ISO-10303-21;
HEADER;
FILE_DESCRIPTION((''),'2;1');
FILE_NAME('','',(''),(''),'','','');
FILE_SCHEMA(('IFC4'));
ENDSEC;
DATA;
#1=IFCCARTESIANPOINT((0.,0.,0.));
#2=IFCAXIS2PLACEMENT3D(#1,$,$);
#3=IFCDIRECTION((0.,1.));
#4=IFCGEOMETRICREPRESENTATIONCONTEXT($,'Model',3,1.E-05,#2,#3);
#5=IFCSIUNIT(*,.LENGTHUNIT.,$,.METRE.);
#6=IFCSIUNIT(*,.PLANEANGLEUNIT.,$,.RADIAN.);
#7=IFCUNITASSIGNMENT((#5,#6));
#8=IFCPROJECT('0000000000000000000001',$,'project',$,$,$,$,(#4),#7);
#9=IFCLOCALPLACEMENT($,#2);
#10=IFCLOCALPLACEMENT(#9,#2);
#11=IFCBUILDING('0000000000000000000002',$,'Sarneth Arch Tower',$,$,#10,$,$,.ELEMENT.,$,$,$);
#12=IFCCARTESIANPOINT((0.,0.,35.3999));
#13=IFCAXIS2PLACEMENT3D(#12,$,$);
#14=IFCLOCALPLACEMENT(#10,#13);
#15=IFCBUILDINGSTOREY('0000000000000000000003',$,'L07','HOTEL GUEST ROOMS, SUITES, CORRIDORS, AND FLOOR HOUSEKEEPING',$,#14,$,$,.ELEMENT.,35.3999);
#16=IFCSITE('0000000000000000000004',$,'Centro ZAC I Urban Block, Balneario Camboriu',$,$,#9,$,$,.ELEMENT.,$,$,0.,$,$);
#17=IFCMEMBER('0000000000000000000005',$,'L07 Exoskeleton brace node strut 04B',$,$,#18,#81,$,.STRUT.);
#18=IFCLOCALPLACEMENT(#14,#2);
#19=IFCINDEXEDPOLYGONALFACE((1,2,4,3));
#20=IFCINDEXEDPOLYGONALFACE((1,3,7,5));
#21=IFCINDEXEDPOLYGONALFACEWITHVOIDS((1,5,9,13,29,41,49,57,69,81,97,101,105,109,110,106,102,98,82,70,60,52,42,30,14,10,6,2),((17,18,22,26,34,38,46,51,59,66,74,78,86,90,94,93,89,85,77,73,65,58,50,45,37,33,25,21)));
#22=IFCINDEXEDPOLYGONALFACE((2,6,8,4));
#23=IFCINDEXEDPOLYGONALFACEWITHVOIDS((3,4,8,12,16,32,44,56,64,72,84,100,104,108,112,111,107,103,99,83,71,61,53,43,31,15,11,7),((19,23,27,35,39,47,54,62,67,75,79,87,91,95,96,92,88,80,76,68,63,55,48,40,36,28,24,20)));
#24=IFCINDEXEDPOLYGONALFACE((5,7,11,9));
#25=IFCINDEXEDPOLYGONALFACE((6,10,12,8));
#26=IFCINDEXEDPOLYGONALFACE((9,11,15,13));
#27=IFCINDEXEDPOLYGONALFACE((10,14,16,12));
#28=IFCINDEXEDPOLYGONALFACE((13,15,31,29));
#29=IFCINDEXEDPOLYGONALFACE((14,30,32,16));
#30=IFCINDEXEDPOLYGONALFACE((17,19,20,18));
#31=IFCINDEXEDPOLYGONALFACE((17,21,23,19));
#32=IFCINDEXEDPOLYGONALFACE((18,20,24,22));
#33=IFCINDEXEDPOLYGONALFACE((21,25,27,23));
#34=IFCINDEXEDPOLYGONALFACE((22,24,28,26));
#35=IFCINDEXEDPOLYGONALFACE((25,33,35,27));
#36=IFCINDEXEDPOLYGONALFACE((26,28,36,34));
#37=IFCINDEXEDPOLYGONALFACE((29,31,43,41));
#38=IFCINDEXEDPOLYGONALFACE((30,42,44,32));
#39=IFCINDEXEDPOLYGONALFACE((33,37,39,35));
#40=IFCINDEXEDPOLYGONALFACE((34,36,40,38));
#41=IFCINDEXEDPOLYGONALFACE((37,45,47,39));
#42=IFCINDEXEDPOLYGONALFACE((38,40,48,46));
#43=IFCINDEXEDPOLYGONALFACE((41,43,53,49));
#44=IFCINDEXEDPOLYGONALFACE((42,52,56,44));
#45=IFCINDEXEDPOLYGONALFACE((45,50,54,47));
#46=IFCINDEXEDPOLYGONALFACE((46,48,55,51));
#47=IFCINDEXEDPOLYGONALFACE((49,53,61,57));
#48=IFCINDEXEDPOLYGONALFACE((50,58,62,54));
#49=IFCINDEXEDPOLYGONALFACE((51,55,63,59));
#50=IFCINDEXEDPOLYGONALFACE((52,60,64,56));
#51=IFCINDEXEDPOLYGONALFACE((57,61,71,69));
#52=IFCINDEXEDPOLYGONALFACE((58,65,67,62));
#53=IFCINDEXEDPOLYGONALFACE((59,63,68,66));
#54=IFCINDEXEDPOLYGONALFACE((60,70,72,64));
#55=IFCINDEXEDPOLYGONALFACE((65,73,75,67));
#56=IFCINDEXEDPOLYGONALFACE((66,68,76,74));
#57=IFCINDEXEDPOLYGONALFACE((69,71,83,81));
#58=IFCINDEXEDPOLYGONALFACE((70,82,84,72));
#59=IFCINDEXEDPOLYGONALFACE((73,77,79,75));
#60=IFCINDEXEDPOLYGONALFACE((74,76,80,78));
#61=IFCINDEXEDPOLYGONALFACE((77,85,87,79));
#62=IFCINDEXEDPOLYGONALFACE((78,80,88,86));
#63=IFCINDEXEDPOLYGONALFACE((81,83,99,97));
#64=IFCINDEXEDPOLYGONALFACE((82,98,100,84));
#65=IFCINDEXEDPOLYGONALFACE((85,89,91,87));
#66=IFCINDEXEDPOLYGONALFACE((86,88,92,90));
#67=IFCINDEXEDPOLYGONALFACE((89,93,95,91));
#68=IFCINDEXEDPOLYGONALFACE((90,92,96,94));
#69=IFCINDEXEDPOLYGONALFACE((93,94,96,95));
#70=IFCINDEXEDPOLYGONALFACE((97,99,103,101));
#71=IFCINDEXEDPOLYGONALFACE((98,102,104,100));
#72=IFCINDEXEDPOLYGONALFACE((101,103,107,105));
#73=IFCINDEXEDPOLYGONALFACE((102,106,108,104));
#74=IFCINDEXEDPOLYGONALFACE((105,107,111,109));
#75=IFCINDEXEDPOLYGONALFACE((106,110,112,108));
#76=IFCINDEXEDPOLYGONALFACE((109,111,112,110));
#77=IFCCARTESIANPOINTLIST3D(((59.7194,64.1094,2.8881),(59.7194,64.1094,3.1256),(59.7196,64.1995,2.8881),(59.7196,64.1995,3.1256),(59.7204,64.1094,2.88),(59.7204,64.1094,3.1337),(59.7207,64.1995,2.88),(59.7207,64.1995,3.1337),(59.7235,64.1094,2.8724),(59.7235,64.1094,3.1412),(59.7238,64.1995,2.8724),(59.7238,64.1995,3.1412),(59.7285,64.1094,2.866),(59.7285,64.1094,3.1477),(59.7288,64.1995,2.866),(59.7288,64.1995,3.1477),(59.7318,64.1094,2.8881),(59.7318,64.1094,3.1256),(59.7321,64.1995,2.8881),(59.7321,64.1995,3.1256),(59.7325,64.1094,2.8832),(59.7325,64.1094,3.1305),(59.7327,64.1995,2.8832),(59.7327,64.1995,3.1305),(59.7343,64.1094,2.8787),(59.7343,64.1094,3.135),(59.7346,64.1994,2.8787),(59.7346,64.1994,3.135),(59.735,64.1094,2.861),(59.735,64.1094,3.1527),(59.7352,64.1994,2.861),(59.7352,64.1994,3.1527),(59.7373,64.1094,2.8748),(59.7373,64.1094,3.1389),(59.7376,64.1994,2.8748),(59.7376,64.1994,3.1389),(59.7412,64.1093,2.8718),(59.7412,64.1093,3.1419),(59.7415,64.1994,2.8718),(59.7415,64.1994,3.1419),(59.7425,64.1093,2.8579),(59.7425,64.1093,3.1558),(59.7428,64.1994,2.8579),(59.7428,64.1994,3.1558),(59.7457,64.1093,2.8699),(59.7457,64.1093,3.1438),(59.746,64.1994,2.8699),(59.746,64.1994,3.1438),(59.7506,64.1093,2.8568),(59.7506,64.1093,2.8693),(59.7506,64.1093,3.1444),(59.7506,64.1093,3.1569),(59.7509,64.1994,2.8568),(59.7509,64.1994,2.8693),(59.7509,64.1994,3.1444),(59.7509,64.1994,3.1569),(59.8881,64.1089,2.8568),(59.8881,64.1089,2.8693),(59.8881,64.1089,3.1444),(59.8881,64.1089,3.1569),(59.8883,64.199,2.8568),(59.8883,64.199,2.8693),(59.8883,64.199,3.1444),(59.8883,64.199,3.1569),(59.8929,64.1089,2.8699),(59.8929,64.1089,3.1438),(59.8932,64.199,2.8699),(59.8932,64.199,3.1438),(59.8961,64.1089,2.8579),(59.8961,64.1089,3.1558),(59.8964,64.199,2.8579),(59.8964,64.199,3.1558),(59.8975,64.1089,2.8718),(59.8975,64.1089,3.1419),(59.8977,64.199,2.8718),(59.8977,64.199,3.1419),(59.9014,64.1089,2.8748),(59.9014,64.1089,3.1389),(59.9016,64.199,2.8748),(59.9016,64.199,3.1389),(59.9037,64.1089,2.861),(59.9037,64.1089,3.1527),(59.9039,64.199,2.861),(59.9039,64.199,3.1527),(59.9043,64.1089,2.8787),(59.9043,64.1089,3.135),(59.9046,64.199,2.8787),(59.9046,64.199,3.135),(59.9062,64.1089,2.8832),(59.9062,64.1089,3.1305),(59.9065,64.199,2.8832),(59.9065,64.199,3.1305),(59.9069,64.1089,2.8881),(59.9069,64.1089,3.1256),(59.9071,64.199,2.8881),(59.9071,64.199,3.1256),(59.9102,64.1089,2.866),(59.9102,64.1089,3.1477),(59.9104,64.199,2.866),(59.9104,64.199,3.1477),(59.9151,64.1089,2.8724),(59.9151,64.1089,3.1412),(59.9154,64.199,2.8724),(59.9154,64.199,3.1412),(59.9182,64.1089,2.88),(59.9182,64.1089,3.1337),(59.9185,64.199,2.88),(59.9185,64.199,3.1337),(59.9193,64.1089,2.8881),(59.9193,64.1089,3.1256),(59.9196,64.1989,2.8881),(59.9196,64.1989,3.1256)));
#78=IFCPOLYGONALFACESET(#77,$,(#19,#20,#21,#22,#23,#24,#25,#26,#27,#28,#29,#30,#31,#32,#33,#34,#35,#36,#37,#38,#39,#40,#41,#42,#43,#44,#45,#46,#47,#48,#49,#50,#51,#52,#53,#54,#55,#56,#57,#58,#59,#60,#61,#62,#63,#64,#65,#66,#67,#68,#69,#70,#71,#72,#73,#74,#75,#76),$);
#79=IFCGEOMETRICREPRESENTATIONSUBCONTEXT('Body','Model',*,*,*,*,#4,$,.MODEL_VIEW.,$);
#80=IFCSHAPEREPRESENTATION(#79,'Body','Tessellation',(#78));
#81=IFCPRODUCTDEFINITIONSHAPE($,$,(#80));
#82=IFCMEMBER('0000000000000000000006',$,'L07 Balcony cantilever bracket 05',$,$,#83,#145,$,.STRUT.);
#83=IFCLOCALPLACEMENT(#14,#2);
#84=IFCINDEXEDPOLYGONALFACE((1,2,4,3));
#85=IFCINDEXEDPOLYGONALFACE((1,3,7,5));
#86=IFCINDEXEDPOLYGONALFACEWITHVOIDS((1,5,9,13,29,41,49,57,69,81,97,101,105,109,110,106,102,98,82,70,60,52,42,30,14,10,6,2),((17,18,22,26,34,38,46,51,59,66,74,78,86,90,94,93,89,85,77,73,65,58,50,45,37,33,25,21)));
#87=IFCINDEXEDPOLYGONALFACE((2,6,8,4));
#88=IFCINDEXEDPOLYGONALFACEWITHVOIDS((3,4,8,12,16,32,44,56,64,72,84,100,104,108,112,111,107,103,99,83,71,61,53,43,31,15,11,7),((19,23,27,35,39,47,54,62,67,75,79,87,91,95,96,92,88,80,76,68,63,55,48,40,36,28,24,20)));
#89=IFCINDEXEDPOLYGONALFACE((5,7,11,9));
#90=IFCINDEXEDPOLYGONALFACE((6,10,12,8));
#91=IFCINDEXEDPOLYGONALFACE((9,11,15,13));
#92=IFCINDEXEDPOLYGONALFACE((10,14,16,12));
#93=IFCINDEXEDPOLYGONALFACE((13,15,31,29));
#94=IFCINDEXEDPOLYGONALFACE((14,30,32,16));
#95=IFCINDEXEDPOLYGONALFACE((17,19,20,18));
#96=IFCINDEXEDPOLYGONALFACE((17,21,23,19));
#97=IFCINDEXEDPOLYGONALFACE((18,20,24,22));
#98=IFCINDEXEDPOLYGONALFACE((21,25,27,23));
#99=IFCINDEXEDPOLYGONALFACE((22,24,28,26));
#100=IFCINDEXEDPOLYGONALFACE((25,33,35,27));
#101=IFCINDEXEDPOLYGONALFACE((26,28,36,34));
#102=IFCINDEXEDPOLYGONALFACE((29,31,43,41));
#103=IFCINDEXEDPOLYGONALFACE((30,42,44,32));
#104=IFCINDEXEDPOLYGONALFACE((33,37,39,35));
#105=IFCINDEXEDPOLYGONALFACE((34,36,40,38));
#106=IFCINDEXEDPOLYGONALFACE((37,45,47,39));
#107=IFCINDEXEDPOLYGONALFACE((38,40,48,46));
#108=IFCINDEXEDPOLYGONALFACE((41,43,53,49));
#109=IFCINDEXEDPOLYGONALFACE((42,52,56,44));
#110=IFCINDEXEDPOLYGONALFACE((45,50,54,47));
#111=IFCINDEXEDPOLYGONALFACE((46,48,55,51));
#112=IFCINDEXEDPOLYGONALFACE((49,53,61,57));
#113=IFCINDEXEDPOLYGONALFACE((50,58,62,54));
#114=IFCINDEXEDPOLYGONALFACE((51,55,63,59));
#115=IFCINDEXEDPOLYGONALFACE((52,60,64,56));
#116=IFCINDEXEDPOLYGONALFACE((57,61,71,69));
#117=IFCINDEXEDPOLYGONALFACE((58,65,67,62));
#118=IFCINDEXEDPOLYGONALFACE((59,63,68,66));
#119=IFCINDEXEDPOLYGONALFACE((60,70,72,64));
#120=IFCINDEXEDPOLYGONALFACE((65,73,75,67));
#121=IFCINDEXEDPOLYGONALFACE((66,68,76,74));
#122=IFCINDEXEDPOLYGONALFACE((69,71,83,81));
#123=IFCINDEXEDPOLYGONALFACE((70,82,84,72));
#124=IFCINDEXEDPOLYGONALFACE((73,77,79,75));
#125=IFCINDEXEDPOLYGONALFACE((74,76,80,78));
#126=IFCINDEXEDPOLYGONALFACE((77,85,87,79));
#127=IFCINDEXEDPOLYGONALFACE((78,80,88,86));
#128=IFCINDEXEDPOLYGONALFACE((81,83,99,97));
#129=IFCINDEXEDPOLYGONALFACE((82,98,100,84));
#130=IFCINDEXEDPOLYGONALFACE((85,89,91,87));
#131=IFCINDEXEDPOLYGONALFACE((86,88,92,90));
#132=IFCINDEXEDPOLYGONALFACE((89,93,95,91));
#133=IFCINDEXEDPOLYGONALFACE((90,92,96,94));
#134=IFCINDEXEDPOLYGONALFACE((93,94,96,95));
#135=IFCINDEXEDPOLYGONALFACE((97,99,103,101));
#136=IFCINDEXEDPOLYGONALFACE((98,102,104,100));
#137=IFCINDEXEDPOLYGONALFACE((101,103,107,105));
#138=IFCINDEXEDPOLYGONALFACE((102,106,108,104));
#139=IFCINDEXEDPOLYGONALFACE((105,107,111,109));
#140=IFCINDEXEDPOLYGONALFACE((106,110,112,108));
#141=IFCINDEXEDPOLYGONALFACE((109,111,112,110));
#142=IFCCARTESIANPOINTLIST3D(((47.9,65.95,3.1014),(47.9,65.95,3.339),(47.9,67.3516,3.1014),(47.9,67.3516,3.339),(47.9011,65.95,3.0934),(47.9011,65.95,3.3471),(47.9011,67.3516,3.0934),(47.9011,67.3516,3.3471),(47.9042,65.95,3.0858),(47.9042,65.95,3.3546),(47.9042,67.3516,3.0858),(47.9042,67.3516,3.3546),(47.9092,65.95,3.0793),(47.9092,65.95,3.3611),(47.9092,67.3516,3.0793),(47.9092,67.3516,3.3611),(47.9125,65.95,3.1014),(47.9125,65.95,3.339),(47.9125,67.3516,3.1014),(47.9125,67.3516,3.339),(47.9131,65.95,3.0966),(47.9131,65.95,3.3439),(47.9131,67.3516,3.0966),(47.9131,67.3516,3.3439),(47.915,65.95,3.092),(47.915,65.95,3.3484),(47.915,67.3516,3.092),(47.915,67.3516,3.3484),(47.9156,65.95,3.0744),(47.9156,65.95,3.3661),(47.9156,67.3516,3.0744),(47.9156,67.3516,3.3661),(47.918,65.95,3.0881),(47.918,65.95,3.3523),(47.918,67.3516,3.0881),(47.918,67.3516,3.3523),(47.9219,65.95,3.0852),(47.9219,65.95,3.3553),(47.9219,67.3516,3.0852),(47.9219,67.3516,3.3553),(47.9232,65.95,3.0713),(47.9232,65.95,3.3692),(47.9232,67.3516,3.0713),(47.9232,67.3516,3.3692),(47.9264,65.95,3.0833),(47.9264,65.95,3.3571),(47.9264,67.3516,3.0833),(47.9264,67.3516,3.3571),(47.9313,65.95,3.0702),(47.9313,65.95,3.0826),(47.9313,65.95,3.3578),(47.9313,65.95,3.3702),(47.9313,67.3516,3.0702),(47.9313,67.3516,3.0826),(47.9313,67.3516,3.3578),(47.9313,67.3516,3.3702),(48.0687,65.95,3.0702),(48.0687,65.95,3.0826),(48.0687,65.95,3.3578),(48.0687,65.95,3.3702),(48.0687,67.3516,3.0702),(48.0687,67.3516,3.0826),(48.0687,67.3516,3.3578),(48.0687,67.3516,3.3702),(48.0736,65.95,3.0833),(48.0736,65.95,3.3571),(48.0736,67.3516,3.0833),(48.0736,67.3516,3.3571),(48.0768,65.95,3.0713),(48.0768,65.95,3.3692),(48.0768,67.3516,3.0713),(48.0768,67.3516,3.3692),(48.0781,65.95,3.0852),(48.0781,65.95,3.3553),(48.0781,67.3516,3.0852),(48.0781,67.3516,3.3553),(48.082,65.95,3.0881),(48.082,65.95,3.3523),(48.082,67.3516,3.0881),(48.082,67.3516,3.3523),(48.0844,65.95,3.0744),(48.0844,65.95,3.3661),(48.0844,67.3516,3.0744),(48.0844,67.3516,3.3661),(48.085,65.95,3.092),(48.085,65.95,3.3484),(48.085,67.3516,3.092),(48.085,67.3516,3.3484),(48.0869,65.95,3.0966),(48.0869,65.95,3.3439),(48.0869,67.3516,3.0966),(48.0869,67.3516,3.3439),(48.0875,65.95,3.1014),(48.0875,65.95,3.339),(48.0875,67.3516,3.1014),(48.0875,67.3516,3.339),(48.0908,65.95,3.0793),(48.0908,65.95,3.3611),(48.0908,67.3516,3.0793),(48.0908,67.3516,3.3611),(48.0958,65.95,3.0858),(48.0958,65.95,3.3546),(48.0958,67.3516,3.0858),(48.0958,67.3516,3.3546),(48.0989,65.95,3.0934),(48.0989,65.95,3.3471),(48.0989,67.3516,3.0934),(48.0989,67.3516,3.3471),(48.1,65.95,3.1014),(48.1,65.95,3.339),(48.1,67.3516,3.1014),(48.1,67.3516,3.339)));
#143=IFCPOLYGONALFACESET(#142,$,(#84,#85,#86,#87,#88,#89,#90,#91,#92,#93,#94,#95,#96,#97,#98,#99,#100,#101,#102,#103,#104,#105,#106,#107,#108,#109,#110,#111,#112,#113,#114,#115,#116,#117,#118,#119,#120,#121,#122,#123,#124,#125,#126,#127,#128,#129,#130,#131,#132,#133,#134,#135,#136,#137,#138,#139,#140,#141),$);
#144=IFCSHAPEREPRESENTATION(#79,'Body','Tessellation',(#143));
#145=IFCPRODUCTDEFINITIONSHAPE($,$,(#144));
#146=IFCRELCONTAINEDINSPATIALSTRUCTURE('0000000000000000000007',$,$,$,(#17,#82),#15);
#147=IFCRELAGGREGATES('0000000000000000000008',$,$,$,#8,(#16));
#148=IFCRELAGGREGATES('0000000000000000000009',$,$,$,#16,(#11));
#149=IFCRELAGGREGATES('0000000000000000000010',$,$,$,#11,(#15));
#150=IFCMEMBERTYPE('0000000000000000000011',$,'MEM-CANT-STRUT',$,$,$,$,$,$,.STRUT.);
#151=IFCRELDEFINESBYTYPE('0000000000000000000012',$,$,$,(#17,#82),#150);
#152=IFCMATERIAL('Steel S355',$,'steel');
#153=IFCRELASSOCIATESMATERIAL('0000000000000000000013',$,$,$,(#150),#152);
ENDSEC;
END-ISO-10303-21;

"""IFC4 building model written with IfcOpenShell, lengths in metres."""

from ifc_helpers import new_model, si_unit, direction, frame, origin, origin_2d, place, context, subcontext, project, spatial, hollow_rectangle, extrude, material, material_profile, profile_set, type_object, element, save


model = new_model("IFC4")

# Units and contexts
model_context = context("Model", 3, precision=1e-05, world=origin(), true_north=direction((0.0, 1.0)))
body_context = subcontext(model_context, "Body", "Model", "MODEL_VIEW")
ifc_project = project(units=[si_unit("LENGTHUNIT", "METRE"), si_unit("PLANEANGLEUNIT", "RADIAN")], contexts=[model_context])

# Site, building, storey
site_placement = place(None, origin())
site = spatial("IfcSite", under=ifc_project, at=site_placement, Name="Centro ZAC I Urban Block, Balneario Camboriu", CompositionType="ELEMENT", RefElevation=0.0)
building_placement = place(site_placement, origin())
building = spatial("IfcBuilding", under=site, at=building_placement, Name="Sarneth Arch Tower", CompositionType="ELEMENT")
storey_placement = place(building_placement, frame((0.0, 0.0, 35.3999)))
storey = spatial("IfcBuildingStorey", under=building, at=storey_placement, Name="L07", Description="HOTEL GUEST ROOMS, SUITES, CORRIDORS, AND FLOOR HOUSEKEEPING", CompositionType="ELEMENT", Elevation=35.3999)

# Members
ifc_material_1 = material(Name="Steel S355", Category="steel")
ifc_material_profile_1 = material_profile(ifc_material_1, hollow_rectangle(XDim=0.2, YDim=0.3, WallThickness=0.0125, InnerFilletRadius=0.0188, OuterFilletRadius=0.0312, at=origin_2d()), Name="RHS300x200x12.5")
ifc_profile_set_1 = profile_set([ifc_material_profile_1], Name="Steel S355")
member_type_1 = type_object("IfcMemberType", Name="MEM-CANT-STRUT", PredefinedType="STRUT", material=ifc_profile_set_1)
member_1_placement = place(storey_placement, frame((59.8193, 64.1091, 3.0068), z_axis=(0.00271, 0.999996, 0.0), x_axis=(-0.999996, 0.00271, 0.0)))
element("IfcMember", 1, at=member_1_placement, inside=storey, type_object=member_type_1, Name="L07 Exoskeleton brace node strut 04B", PredefinedType="STRUT", context=body_context, shape_type="SweptSolid", body=[
    extrude(hollow_rectangle(XDim=0.2, YDim=0.3, WallThickness=0.0125, InnerFilletRadius=0.0188, OuterFilletRadius=0.0312, at=origin_2d()), origin(), (0.0, 0.0, 1.0), 0.0901),
])
member_2_placement = place(storey_placement, frame((48.0, 65.95, 3.2202), z_axis=(0.0, 1.0, 0.0), x_axis=(-1.0, 0.0, 0.0)))
element("IfcMember", 2, at=member_2_placement, inside=storey, type_object=member_type_1, Name="L07 Balcony cantilever bracket 05", PredefinedType="STRUT", context=body_context, shape_type="SweptSolid", body=[
    extrude(hollow_rectangle(XDim=0.2, YDim=0.3, WallThickness=0.0125, InnerFilletRadius=0.0188, OuterFilletRadius=0.0312, at=origin_2d()), origin(), (0.0, 0.0, 1.0), 1.4016),
])

save(model, "model.ifc")
